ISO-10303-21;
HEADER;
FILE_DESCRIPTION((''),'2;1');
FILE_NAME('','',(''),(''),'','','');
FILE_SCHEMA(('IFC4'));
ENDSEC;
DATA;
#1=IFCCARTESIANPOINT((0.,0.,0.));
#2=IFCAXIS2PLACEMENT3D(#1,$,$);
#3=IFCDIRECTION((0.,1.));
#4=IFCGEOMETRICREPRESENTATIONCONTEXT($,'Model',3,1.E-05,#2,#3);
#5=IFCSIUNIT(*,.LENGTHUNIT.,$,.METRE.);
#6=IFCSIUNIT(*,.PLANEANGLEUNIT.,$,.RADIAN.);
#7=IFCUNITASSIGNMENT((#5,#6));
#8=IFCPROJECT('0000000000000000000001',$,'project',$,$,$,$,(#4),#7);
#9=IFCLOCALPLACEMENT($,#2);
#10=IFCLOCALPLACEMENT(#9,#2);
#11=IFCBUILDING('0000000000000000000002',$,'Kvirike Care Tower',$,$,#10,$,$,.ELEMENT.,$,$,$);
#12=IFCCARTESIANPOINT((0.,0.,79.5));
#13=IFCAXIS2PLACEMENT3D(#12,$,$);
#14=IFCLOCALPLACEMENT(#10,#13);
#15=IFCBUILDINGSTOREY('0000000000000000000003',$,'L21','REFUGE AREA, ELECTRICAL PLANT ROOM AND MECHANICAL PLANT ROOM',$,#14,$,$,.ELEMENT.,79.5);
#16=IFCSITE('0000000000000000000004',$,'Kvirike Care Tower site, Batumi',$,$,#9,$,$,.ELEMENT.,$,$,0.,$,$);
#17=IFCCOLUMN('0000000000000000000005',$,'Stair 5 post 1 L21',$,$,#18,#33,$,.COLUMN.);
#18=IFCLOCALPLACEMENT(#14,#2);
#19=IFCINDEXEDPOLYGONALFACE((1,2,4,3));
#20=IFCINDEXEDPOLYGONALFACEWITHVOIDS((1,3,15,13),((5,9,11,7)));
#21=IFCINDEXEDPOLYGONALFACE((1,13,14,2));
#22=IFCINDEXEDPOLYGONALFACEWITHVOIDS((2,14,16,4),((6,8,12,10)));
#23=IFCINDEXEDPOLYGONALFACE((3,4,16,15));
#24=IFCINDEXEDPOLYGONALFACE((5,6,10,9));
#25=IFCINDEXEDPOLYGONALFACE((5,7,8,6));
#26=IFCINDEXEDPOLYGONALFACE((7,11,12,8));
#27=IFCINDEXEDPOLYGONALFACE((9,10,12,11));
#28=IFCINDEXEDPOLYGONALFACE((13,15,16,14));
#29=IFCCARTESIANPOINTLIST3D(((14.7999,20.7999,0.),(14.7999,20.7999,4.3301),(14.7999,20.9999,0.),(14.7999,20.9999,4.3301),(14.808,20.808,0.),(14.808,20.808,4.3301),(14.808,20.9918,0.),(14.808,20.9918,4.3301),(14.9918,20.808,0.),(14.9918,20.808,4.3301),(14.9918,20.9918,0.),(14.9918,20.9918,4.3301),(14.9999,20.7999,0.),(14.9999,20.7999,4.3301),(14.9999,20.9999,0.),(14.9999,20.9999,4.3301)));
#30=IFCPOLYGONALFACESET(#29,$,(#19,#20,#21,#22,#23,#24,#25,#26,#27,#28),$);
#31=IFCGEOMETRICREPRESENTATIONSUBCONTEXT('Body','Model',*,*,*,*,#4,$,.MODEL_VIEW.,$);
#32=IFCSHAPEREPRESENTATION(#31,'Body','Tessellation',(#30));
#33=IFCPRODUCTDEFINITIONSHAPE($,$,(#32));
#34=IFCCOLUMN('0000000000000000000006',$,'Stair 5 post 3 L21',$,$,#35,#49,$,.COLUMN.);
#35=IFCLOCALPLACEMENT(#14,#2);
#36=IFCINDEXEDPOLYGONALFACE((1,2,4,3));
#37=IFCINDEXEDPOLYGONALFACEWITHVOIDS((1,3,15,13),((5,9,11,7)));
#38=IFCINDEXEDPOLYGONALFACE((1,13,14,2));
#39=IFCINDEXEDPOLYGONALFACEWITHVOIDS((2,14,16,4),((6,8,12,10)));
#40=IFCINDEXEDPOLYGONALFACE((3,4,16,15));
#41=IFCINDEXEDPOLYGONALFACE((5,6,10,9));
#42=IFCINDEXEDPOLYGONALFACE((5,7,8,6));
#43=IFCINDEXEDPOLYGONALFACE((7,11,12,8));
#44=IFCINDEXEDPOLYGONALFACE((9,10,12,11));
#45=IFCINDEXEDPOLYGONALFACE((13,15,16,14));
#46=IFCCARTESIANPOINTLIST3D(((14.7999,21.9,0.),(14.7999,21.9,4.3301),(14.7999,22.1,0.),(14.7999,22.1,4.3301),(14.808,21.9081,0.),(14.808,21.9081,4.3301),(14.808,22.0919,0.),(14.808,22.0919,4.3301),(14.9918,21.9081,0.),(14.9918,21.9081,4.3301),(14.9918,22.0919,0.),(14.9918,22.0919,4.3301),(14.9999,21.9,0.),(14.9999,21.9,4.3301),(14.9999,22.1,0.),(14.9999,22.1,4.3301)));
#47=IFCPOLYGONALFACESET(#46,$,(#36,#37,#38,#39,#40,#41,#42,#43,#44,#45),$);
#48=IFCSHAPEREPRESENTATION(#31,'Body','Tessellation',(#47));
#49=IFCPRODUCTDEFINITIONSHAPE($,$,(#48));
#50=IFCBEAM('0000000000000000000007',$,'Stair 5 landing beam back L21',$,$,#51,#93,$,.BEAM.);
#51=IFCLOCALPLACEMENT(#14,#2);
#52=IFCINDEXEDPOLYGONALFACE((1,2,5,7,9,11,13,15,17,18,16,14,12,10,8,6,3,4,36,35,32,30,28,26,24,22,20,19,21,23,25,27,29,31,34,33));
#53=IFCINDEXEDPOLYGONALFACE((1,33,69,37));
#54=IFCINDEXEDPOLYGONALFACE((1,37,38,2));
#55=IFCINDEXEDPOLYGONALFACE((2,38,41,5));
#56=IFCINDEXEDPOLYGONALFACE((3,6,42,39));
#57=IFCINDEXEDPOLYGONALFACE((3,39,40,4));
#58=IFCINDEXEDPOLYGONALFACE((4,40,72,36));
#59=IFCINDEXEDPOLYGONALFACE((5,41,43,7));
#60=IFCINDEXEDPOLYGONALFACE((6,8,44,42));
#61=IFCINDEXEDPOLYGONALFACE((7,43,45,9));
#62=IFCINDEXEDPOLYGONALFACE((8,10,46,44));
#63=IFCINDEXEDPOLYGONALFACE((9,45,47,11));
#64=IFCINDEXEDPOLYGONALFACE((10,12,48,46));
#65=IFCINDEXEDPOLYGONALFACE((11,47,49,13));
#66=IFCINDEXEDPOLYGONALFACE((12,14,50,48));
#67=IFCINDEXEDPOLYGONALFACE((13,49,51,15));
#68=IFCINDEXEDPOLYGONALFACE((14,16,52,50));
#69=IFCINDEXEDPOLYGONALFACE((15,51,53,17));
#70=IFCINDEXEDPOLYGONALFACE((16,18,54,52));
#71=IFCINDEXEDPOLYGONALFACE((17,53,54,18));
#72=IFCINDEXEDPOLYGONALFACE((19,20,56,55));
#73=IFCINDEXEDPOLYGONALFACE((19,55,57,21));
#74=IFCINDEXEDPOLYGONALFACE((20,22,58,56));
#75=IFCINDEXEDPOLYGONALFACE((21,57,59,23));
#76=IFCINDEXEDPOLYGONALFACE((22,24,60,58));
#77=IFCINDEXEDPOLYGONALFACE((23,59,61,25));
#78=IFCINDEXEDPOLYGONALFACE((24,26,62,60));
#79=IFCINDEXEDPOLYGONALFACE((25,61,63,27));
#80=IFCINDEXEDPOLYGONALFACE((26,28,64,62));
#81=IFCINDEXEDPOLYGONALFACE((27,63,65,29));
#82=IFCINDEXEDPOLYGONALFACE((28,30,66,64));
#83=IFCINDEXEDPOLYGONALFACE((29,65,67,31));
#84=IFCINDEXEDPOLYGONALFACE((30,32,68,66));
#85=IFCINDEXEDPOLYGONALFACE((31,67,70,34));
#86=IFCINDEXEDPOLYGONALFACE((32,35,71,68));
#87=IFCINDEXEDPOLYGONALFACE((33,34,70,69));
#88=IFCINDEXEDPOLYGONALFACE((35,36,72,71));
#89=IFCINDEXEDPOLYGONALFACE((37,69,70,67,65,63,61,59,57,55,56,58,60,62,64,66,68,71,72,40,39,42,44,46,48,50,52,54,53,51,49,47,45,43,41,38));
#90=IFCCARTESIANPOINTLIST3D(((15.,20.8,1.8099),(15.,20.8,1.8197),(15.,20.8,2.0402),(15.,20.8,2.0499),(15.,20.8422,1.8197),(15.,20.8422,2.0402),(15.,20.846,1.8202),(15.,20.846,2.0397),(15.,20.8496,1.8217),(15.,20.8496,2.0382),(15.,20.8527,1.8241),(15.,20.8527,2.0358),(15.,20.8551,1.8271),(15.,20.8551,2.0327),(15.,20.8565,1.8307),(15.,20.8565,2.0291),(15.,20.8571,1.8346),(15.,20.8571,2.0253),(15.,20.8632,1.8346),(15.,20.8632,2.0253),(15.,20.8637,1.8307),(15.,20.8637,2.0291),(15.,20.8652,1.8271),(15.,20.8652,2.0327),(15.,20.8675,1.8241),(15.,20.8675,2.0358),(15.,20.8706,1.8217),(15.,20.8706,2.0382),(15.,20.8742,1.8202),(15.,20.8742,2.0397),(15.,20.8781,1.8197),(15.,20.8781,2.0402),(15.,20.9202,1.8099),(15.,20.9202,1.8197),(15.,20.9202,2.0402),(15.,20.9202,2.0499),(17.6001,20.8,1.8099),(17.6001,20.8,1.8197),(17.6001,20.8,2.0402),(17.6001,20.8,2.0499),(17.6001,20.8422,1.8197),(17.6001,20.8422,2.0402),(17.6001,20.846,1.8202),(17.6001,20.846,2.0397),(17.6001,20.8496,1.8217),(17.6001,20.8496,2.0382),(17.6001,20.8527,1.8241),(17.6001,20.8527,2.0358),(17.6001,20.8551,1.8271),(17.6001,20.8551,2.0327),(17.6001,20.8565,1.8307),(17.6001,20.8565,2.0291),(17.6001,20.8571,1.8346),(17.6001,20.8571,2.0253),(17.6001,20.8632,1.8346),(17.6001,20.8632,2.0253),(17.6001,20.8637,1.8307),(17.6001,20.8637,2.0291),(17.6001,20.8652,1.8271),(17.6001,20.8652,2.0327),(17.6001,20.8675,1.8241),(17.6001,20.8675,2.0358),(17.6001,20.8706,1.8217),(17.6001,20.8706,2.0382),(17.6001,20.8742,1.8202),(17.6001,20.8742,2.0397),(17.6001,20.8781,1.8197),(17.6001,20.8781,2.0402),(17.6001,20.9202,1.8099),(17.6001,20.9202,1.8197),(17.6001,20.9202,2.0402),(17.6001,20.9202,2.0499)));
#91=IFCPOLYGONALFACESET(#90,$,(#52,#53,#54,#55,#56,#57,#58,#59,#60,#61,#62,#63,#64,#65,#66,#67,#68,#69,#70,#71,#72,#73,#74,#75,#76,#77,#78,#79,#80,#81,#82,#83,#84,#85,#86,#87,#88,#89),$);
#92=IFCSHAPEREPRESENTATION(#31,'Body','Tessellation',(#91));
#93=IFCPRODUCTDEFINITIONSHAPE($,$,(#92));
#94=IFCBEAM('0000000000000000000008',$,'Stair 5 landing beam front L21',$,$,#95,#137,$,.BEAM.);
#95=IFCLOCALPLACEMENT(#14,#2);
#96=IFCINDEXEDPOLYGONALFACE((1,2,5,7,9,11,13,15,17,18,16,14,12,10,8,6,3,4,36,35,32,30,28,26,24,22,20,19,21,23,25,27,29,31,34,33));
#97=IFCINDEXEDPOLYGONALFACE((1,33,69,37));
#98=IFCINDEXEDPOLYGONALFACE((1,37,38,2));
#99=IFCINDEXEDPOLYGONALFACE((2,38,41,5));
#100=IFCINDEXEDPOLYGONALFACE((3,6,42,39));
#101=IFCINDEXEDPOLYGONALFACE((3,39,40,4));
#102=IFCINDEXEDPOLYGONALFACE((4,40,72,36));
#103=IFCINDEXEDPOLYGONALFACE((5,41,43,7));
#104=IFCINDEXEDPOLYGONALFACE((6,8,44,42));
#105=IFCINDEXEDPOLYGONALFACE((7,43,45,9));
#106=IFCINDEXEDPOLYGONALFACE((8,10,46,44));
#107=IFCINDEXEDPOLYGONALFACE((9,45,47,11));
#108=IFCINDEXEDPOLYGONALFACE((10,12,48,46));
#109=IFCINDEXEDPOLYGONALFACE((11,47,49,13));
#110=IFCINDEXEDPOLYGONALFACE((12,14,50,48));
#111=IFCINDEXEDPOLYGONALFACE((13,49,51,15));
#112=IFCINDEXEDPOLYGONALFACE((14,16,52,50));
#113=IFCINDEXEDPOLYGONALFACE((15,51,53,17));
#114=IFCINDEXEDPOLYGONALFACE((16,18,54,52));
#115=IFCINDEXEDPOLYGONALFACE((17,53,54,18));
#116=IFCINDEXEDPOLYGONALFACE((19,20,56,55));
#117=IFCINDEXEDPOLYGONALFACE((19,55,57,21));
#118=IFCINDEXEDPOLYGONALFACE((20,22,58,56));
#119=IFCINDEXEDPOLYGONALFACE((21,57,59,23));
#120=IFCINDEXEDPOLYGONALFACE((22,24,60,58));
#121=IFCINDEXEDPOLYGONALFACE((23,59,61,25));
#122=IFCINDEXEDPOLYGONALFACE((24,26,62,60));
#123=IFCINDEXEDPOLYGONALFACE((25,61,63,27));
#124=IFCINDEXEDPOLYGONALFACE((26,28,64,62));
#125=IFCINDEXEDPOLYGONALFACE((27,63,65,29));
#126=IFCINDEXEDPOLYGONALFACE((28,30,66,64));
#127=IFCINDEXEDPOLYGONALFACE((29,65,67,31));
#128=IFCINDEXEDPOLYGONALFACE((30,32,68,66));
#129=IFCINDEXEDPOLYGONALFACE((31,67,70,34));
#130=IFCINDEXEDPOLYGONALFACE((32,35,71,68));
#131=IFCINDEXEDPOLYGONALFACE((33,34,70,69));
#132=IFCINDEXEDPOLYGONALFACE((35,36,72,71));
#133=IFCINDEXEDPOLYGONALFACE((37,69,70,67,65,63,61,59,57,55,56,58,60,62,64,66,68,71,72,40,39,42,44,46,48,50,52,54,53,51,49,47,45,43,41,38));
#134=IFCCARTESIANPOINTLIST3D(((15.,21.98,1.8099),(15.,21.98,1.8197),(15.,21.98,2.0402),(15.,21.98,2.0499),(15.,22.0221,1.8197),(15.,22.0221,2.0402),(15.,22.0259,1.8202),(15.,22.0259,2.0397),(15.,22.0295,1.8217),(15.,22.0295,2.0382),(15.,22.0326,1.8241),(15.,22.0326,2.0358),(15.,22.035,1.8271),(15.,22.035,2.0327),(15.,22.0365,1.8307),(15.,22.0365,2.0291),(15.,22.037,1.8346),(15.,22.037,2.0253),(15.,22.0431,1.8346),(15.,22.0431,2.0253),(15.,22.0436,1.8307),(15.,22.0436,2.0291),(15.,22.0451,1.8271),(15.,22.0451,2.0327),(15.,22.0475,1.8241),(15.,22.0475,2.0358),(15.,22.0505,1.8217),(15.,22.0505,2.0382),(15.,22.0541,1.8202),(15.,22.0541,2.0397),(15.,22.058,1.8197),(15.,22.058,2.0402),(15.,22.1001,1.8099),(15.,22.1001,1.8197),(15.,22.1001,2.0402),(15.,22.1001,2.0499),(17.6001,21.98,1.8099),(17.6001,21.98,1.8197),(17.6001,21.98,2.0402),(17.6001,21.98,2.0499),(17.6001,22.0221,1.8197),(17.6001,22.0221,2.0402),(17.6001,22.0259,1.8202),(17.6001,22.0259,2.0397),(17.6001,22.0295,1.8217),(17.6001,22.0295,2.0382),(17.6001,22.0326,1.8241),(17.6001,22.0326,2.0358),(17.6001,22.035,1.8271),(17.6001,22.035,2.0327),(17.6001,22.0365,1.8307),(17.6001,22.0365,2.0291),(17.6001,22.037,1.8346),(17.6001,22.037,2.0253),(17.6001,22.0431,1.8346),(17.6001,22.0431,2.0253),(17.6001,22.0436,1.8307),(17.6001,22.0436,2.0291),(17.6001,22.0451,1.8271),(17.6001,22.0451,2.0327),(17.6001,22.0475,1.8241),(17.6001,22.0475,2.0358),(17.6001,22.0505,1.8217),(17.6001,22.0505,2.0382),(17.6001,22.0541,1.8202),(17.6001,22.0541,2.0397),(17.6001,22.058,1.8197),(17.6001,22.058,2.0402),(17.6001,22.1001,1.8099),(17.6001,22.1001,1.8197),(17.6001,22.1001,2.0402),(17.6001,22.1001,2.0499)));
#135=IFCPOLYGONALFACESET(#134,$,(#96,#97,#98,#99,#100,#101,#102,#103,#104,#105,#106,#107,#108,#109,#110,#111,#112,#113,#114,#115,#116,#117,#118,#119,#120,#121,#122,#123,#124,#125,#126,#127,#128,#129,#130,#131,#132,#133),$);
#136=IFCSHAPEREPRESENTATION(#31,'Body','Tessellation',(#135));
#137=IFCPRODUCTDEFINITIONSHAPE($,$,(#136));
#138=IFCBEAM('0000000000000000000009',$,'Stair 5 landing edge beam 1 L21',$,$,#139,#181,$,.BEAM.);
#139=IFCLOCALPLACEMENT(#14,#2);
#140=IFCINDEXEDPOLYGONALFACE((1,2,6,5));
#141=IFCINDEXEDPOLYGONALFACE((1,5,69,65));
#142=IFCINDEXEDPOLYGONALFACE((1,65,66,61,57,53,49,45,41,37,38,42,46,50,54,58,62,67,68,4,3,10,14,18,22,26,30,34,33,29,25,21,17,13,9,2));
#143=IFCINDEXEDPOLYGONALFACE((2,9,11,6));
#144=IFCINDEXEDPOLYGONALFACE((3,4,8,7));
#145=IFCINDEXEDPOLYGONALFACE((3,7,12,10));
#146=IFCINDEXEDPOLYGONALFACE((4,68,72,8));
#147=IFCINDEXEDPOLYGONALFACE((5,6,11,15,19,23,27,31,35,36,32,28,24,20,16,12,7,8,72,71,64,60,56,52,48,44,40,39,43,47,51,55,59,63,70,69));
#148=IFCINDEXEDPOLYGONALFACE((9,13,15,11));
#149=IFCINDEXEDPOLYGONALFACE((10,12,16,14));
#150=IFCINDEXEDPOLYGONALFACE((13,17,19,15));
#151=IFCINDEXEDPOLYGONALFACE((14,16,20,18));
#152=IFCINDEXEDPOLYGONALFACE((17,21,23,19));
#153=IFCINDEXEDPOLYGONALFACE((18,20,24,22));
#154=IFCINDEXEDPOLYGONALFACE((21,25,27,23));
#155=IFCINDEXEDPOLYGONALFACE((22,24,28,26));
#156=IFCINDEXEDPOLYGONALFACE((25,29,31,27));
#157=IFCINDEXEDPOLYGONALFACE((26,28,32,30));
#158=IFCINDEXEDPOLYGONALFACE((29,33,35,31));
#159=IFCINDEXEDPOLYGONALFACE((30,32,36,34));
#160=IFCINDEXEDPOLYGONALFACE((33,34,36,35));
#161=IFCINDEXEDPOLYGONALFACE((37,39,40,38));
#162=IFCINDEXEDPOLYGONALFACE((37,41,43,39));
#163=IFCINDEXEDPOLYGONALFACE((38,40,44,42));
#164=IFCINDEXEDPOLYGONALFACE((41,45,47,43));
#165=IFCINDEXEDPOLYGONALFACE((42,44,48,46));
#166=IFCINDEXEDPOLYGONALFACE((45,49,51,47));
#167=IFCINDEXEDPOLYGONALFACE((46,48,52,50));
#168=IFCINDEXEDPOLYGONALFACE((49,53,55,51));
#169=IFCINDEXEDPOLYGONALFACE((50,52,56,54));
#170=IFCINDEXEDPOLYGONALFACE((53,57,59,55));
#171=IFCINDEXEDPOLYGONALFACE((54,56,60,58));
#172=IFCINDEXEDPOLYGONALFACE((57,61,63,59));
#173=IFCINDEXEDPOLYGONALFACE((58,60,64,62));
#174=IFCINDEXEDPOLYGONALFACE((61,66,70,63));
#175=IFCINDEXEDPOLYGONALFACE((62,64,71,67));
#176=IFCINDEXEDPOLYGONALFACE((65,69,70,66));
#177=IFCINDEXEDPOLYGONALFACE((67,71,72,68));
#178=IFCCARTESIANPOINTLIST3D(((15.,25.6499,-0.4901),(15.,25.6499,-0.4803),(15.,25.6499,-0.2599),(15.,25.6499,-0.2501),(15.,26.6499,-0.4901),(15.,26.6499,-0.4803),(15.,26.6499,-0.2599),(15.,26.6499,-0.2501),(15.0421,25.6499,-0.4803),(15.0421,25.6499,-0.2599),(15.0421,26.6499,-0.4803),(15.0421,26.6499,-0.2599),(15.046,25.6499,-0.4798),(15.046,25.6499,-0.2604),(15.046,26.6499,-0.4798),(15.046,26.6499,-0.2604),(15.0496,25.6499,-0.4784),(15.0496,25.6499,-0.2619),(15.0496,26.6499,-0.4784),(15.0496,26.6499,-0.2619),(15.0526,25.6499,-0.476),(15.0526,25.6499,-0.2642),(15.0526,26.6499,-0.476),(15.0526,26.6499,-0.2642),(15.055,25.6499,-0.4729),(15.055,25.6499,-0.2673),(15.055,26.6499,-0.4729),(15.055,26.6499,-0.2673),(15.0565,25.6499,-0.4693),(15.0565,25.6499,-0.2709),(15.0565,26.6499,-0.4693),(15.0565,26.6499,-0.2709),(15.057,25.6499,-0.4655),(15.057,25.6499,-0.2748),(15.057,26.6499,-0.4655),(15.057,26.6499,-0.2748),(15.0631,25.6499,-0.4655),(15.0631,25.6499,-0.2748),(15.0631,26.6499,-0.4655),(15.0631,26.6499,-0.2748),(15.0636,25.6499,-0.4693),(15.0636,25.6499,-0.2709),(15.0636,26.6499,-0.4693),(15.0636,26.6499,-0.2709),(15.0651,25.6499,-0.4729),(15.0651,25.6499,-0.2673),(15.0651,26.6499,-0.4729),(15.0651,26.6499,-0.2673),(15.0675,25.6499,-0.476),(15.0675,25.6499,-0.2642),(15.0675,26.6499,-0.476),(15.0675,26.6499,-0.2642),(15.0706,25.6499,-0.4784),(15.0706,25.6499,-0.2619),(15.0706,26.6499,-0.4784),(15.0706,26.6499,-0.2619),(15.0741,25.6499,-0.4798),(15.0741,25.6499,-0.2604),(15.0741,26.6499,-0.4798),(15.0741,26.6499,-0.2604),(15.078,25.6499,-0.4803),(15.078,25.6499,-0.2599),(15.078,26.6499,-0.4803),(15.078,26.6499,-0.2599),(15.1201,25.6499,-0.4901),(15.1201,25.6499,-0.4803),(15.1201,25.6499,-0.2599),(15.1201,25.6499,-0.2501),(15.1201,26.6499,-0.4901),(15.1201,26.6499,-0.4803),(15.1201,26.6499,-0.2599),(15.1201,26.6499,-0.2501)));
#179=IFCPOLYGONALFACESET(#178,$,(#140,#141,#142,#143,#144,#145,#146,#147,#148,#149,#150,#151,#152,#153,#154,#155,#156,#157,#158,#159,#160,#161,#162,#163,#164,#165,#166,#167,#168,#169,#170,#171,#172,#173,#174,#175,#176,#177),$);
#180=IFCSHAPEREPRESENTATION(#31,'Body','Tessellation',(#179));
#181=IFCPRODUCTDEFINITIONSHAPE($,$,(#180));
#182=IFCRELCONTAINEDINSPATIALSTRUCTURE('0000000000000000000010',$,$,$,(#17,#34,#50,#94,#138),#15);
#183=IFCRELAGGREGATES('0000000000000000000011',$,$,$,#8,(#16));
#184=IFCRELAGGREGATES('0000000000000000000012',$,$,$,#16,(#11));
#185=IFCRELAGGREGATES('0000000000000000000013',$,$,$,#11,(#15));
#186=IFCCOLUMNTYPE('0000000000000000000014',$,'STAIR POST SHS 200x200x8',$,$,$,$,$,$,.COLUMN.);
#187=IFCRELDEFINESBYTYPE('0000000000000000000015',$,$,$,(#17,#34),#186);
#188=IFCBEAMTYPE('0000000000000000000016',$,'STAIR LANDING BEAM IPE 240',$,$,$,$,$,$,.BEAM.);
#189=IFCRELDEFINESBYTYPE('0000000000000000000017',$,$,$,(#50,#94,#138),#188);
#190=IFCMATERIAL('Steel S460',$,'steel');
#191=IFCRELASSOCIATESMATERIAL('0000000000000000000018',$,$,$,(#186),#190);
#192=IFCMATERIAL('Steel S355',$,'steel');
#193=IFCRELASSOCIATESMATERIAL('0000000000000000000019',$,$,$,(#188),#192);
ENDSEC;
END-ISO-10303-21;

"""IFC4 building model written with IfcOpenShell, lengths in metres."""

from ifc_helpers import new_model, si_unit, direction, frame, origin, origin_2d, place, context, subcontext, project, spatial, hollow_rectangle, i_section, extrude, material, material_profile, profile_set, type_object, element, save


model = new_model("IFC4")

# Units and contexts
model_context = context("Model", 3, precision=1e-05, world=origin(), true_north=direction((0.0, 1.0)))
body_context = subcontext(model_context, "Body", "Model", "MODEL_VIEW")
ifc_project = project(units=[si_unit("LENGTHUNIT", "METRE"), si_unit("PLANEANGLEUNIT", "RADIAN")], contexts=[model_context])

# Site, building, storey
site_placement = place(None, origin())
site = spatial("IfcSite", under=ifc_project, at=site_placement, Name="Kvirike Care Tower site, Batumi", CompositionType="ELEMENT", RefElevation=0.0)
building_placement = place(site_placement, origin())
building = spatial("IfcBuilding", under=site, at=building_placement, Name="Kvirike Care Tower", CompositionType="ELEMENT")
storey_placement = place(building_placement, frame((0.0, 0.0, 79.5)))
storey = spatial("IfcBuildingStorey", under=building, at=storey_placement, Name="L21", Description="REFUGE AREA, ELECTRICAL PLANT ROOM AND MECHANICAL PLANT ROOM", CompositionType="ELEMENT", Elevation=79.5)

# Columns
ifc_material_1 = material(Name="Steel S460", Category="steel")
ifc_material_profile_1 = material_profile(ifc_material_1, hollow_rectangle(XDim=0.2, YDim=0.2, WallThickness=0.0081, at=origin_2d()), Name="SHS 200x200x8")
ifc_profile_set_1 = profile_set([ifc_material_profile_1], Name="Steel S460")
column_type = type_object("IfcColumnType", Name="STAIR POST SHS 200x200x8", PredefinedType="COLUMN", material=ifc_profile_set_1)
for number, where, z_axis, x_axis, name in (
    (1, (14.8999, 20.8999, 0.0), (0.0, 0.0, 1.0), (1.0, 0.0, 0.0), "Stair 5 post 1 L21"),
    (2, (14.8999, 22.0, 0.0), (0.0, 0.0, 1.0), (1.0, 0.0, 0.0), "Stair 5 post 3 L21"),
):
    element("IfcColumn", number, at=place(storey_placement, frame(where, z_axis=z_axis, x_axis=x_axis)), inside=storey, type_object=column_type, Name=name, PredefinedType="COLUMN", context=body_context, shape_type="SweptSolid", body=[
        extrude(hollow_rectangle(XDim=0.2, YDim=0.2, WallThickness=0.0081, at=origin_2d()), origin(), (0.0, 0.0, 1.0), 4.3301),
    ])

# Beams
ifc_material_2 = material(Name="Steel S355", Category="steel")
ifc_material_profile_2 = material_profile(ifc_material_2, i_section(OverallWidth=0.1201, OverallDepth=0.24, WebThickness=0.0061, FlangeThickness=0.0098, FilletRadius=0.0149, at=origin_2d()), Name="IPE 240")
ifc_profile_set_2 = profile_set([ifc_material_profile_2], Name="Steel S355")
beam_type_1 = type_object("IfcBeamType", Name="STAIR LANDING BEAM IPE 240", PredefinedType="BEAM", material=ifc_profile_set_2)
for number, where, z_axis, x_axis, name in (
    (3, (15.0, 20.8601, 1.9299), (1.0, 0.0, 0.0), (0.0, 1.0, 0.0), "Stair 5 landing beam back L21"),
    (4, (15.0, 22.04, 1.9299), (1.0, 0.0, 0.0), (0.0, 1.0, 0.0), "Stair 5 landing beam front L21"),
):
    element("IfcBeam", number, at=place(storey_placement, frame(where, z_axis=z_axis, x_axis=x_axis)), inside=storey, type_object=beam_type_1, Name=name, PredefinedType="BEAM", context=body_context, shape_type="SweptSolid", body=[
        extrude(i_section(OverallWidth=0.1201, OverallDepth=0.24, WebThickness=0.0061, FlangeThickness=0.0098, FilletRadius=0.0149, at=origin_2d()), origin(), (0.0, 0.0, 1.0), 2.6001),
    ])
for number, where, z_axis, x_axis, name in (
    (5, (15.0601, 25.6499, -0.3701), (0.0, 1.0, 0.0), (-1.0, 0.0, 0.0), "Stair 5 landing edge beam 1 L21"),
):
    element("IfcBeam", number, at=place(storey_placement, frame(where, z_axis=z_axis, x_axis=x_axis)), inside=storey, type_object=beam_type_1, Name=name, PredefinedType="BEAM", context=body_context, shape_type="SweptSolid", body=[
        extrude(i_section(OverallWidth=0.1201, OverallDepth=0.24, WebThickness=0.0061, FlangeThickness=0.0098, FilletRadius=0.0149, at=origin_2d()), origin(), (0.0, 0.0, 1.0), 1.0),
    ])

save(model, "model.ifc")
